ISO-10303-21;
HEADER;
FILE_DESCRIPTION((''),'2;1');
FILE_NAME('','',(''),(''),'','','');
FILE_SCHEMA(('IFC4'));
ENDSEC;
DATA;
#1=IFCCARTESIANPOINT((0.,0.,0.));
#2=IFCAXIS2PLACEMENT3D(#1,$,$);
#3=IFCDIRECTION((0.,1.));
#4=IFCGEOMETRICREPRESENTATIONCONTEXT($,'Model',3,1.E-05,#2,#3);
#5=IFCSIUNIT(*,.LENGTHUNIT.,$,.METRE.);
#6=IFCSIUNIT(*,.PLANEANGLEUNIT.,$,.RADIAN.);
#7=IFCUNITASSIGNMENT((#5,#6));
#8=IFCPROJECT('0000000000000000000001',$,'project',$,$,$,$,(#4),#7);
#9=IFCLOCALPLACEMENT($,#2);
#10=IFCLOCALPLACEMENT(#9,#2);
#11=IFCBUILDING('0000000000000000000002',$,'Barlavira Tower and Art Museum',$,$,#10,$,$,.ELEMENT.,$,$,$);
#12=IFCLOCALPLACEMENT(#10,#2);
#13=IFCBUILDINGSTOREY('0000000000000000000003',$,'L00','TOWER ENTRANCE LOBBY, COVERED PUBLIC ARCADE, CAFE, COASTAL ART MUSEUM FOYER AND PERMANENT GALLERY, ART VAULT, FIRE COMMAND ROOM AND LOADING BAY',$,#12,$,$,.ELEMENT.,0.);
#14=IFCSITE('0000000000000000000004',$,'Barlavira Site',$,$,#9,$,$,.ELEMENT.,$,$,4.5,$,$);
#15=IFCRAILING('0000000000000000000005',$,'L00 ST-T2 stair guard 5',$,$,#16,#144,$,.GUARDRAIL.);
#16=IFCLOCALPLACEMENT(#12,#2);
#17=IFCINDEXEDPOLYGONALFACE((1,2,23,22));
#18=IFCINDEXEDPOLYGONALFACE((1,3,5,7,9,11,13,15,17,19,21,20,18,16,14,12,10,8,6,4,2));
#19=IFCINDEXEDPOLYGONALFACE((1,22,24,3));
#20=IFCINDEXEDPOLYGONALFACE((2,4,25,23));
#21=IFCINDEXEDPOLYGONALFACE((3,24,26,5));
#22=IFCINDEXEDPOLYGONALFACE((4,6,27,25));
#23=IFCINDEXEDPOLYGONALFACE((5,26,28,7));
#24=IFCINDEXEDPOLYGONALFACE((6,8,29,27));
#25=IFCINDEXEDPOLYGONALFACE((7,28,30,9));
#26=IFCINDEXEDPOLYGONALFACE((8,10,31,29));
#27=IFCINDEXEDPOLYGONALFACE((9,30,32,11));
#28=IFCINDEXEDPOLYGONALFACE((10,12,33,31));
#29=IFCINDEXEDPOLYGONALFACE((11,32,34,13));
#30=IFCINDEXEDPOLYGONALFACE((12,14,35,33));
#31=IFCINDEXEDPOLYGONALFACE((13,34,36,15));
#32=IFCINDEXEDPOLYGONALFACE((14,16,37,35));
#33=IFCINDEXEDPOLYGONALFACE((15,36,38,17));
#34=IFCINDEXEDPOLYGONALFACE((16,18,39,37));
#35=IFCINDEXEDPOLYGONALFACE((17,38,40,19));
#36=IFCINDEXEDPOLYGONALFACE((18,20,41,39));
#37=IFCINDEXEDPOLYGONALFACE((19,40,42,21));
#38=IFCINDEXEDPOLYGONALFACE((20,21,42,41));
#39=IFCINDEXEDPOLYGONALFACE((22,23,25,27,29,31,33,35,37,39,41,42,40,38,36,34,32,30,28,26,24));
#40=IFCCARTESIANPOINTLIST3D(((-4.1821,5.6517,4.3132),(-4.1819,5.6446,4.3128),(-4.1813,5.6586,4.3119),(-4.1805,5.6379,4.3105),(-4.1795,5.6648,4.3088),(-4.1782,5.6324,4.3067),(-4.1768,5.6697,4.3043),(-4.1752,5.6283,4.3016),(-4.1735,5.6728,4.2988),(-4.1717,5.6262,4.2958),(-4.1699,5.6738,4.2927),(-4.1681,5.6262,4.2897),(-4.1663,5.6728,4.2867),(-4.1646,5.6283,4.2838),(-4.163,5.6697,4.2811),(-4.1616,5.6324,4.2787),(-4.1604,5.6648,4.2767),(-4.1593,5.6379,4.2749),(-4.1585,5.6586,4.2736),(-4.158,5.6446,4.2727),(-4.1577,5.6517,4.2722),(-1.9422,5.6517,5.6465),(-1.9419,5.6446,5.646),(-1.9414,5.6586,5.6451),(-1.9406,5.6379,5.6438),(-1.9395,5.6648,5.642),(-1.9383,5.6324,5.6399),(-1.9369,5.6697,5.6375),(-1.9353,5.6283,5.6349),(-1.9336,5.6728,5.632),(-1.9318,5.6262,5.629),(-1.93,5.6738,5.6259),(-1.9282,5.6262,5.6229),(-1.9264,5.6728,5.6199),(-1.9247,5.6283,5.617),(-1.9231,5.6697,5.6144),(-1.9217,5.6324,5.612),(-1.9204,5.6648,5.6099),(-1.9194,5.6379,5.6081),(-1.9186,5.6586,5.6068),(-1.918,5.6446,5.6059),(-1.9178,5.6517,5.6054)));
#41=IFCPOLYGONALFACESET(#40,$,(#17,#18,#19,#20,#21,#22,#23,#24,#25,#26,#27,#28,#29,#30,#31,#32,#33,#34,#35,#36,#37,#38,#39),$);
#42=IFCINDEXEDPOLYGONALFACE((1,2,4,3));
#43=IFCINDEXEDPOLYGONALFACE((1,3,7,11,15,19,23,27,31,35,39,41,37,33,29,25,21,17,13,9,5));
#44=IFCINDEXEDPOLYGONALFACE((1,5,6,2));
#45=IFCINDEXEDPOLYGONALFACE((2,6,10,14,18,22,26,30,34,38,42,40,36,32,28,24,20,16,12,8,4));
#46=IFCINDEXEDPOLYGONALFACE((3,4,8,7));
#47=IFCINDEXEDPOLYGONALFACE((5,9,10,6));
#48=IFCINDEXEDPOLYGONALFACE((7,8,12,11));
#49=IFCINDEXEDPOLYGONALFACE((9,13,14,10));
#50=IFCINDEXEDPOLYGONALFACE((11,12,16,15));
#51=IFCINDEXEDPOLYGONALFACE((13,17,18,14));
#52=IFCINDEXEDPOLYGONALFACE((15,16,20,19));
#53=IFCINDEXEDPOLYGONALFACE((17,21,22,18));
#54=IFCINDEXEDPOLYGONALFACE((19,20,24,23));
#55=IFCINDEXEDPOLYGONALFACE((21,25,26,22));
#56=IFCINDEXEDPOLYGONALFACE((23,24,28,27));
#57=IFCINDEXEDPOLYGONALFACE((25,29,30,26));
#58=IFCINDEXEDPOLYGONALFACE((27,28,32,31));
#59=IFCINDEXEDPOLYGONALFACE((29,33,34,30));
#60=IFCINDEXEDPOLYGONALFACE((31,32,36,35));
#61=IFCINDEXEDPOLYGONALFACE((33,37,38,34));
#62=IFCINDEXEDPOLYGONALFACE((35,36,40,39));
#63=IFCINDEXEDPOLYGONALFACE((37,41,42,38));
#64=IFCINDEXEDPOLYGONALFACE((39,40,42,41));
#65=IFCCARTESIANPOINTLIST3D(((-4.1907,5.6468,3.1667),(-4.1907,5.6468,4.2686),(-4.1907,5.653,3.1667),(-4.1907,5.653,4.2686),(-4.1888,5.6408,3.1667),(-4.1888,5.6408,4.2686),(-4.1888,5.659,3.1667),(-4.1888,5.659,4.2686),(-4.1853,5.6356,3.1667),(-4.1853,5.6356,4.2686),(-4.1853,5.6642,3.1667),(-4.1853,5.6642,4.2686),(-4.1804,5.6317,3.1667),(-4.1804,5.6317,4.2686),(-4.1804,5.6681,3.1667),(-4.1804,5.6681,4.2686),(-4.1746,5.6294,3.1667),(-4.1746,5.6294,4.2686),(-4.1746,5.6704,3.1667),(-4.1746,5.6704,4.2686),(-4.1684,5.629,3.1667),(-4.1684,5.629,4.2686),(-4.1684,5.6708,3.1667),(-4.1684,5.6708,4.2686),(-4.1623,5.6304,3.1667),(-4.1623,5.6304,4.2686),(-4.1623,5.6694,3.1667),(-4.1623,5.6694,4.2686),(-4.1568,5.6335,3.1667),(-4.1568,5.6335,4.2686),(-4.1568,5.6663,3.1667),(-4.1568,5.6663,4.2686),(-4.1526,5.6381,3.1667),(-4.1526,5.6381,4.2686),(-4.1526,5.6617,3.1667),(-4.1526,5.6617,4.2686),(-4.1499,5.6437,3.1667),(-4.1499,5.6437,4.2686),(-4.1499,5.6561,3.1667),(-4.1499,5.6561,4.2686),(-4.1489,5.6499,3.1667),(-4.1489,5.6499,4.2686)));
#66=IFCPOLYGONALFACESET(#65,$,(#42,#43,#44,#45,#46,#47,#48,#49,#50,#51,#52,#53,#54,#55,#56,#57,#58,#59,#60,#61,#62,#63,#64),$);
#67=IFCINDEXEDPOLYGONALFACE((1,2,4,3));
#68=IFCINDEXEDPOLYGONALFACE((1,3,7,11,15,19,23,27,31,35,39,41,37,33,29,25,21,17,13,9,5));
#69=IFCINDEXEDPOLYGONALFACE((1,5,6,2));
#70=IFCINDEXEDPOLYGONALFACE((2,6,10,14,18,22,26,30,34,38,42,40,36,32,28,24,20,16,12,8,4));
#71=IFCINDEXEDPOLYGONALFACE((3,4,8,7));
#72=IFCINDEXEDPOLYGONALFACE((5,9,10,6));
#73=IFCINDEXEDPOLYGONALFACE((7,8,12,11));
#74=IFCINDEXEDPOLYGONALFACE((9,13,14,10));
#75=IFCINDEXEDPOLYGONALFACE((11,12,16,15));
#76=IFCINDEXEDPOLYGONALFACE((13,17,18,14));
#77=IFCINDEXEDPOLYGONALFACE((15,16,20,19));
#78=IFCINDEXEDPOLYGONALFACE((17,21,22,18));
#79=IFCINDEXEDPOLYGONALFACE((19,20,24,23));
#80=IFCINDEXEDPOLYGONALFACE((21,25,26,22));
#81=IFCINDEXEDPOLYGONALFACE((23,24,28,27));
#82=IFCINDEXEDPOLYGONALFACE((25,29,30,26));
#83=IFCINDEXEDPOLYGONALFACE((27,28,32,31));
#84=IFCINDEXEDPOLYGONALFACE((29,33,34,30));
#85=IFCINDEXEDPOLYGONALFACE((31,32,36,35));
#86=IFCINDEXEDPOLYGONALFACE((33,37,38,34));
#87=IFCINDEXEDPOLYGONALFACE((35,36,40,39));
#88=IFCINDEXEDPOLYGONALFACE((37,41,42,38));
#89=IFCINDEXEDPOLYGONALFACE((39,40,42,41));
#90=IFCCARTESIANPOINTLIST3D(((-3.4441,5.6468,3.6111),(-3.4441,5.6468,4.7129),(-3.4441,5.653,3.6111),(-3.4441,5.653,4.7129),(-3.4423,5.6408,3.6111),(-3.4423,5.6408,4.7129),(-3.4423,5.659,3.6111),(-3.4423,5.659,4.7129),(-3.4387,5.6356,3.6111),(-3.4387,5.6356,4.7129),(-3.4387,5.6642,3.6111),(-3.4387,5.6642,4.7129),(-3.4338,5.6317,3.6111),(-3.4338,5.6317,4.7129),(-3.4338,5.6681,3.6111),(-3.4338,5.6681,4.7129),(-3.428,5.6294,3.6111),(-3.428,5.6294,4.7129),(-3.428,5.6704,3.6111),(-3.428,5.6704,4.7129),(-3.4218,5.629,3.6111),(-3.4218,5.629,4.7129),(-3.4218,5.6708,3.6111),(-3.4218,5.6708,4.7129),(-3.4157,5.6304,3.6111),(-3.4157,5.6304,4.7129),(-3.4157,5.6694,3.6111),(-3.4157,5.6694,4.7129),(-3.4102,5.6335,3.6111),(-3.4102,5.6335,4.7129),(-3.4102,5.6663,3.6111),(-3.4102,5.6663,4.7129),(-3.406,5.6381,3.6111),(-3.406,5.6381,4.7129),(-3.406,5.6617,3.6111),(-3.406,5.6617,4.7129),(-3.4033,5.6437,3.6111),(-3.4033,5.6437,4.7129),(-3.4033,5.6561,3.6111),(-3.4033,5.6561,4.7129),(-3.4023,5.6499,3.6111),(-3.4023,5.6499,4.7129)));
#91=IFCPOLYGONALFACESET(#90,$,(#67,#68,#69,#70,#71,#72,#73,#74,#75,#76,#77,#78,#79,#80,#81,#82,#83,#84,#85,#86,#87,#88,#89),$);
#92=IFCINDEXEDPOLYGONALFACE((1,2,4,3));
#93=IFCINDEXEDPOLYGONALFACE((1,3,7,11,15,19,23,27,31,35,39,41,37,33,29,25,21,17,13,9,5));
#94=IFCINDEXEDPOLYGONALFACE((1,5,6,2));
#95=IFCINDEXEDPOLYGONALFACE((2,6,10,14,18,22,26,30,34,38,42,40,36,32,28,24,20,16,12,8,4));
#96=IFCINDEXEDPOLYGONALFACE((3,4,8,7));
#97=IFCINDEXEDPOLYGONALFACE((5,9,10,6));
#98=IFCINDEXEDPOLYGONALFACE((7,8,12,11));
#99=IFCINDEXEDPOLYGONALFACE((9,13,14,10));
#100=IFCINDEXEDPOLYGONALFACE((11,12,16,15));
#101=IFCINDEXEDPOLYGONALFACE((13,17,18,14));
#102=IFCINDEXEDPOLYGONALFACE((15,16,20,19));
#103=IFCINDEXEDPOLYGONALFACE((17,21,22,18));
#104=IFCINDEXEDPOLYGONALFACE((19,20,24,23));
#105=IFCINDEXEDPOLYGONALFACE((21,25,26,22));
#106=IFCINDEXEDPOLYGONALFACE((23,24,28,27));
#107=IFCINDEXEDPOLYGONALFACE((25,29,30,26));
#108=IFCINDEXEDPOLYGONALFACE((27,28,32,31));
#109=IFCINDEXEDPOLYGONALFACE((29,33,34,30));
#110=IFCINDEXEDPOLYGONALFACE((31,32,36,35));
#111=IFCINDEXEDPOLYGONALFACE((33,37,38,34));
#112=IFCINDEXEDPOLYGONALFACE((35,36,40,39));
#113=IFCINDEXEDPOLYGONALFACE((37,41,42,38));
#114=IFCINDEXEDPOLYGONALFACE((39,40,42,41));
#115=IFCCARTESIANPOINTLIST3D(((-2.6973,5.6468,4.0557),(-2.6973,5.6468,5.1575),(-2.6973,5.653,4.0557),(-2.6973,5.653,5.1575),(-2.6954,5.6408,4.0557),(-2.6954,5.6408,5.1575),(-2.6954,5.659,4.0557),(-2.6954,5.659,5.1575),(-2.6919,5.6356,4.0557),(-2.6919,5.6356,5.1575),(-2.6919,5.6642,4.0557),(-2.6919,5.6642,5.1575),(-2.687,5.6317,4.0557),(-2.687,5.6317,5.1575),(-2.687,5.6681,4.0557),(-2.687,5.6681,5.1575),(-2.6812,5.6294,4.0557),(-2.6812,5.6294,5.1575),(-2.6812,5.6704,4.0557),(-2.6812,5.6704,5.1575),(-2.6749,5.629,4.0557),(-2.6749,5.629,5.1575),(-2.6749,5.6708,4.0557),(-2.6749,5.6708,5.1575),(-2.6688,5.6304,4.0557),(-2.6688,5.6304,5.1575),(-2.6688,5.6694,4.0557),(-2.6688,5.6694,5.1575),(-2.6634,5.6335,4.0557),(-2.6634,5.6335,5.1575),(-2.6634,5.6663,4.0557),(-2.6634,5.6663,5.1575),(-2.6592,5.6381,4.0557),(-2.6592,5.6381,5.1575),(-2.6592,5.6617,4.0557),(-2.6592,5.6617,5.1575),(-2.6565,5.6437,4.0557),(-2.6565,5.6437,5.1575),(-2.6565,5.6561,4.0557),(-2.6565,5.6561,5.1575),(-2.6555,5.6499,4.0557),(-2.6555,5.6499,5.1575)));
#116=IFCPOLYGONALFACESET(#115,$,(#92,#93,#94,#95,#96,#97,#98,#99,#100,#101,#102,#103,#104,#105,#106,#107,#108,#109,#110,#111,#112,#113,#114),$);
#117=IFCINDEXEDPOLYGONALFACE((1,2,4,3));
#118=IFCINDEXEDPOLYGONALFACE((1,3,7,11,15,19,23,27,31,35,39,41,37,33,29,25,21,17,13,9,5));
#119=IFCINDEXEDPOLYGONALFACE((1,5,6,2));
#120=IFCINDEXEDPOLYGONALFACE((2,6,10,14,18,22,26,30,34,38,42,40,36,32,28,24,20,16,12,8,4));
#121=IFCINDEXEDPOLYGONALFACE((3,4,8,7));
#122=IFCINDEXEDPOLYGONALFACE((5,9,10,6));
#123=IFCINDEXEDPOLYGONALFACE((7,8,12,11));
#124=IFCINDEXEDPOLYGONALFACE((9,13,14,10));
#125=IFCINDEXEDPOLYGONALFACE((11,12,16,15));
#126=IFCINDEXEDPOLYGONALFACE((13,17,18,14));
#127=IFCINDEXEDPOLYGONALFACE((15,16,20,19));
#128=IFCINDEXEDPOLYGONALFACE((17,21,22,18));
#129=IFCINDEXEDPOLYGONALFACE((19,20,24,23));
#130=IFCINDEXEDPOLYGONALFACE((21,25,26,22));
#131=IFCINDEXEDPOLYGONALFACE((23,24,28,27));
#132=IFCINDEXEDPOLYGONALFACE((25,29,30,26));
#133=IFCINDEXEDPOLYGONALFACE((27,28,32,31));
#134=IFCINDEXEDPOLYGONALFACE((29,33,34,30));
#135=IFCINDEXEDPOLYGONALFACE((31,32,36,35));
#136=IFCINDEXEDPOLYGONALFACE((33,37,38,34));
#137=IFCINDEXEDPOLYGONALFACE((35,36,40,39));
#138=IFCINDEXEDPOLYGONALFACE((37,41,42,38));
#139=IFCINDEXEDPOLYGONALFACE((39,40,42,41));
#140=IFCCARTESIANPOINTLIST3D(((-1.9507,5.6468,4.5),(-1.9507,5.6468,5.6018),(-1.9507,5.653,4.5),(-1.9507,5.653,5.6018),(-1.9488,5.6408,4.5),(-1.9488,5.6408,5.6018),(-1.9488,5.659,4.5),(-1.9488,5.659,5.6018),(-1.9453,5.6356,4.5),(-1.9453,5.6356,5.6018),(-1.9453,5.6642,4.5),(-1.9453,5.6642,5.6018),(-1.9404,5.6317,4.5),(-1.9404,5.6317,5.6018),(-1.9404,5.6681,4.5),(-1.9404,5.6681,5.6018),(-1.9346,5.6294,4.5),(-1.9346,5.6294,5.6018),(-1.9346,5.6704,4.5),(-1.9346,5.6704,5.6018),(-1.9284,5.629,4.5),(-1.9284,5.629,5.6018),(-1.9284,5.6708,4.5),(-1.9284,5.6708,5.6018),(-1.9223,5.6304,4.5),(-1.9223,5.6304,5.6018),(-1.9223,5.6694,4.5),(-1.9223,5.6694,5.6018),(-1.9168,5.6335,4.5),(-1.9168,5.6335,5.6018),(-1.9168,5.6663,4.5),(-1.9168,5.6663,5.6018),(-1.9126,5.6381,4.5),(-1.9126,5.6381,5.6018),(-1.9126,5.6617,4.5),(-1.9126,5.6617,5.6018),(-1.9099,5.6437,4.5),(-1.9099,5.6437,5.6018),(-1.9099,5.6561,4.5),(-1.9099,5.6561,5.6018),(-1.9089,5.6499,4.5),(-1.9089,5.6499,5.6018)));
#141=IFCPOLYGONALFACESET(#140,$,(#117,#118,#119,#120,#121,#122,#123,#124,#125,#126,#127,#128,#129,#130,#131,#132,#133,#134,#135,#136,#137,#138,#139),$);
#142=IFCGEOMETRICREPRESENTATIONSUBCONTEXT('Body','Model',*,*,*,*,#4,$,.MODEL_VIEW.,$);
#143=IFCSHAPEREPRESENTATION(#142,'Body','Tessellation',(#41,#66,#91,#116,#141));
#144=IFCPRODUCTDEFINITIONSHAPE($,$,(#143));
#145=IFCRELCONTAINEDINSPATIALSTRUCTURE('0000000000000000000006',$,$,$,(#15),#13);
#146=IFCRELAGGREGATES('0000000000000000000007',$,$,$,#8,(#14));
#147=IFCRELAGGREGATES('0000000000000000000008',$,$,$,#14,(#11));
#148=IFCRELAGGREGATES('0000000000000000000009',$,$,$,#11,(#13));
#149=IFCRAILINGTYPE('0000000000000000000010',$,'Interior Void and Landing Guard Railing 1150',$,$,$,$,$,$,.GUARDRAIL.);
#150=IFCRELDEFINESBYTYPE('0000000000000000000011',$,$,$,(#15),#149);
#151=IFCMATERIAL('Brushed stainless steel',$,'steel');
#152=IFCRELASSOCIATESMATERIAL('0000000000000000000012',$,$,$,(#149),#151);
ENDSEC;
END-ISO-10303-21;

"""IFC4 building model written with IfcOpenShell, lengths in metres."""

from ifc_helpers import new_model, si_unit, direction, frame, origin, origin_2d, place, context, subcontext, project, spatial, circle, extrude, material, type_object, element, save


model = new_model("IFC4")

# Units and contexts
model_context = context("Model", 3, precision=1e-05, world=origin(), true_north=direction((0.0, 1.0)))
body_context = subcontext(model_context, "Body", "Model", "MODEL_VIEW")
ifc_project = project(units=[si_unit("LENGTHUNIT", "METRE"), si_unit("PLANEANGLEUNIT", "RADIAN")], contexts=[model_context])

# Site, building, storey
site_placement = place(None, origin())
site = spatial("IfcSite", under=ifc_project, at=site_placement, Name="Barlavira Site", CompositionType="ELEMENT", RefElevation=4.5)
building_placement = place(site_placement, origin())
building = spatial("IfcBuilding", under=site, at=building_placement, Name="Barlavira Tower and Art Museum", CompositionType="ELEMENT")
storey_placement = place(building_placement, origin())
storey = spatial("IfcBuildingStorey", under=building, at=storey_placement, Name="L00", Description="TOWER ENTRANCE LOBBY, COVERED PUBLIC ARCADE, CAFE, COASTAL ART MUSEUM FOYER AND PERMANENT GALLERY, ART VAULT, FIRE COMMAND ROOM AND LOADING BAY", CompositionType="ELEMENT", Elevation=0.0)

# Shared definitions
ifc_material_1 = material(Name="Brushed stainless steel", Category="steel")

# Railing
railing_type_1 = type_object("IfcRailingType", Name="Interior Void and Landing Guard Railing 1150", PredefinedType="GUARDRAIL", material=ifc_material_1)
railing_1_placement = place(storey_placement, frame((-4.1699, 5.6499, 3.1667)))
element("IfcRailing", 1, at=railing_1_placement, inside=storey, type_object=railing_type_1, Name="L00 ST-T2 stair guard 5", PredefinedType="GUARDRAIL", context=body_context, shape_type="SweptSolid", body=[
    extrude(circle(Radius=0.0239, at=origin_2d()), frame((0.0, 0.0, 1.126), z_axis=(0.859306, 0.0, 0.511462), x_axis=(0.0, 1.0, 0.0)), (0.0, 0.0, 1.0), 2.6067),
    extrude(circle(Radius=0.021, at=origin_2d()), origin(), (0.0, 0.0, 1.0), 1.1018),
    extrude(circle(Radius=0.021, at=origin_2d()), frame((0.7466, 0.0, 0.4443)), (0.0, 0.0, 1.0), 1.1018),
    extrude(circle(Radius=0.021, at=origin_2d()), frame((1.4934, 0.0, 0.8889)), (0.0, 0.0, 1.0), 1.1018),
    extrude(circle(Radius=0.021, at=origin_2d()), frame((2.24, 0.0, 1.3333)), (0.0, 0.0, 1.0), 1.1018),
])

save(model, "model.ifc")
